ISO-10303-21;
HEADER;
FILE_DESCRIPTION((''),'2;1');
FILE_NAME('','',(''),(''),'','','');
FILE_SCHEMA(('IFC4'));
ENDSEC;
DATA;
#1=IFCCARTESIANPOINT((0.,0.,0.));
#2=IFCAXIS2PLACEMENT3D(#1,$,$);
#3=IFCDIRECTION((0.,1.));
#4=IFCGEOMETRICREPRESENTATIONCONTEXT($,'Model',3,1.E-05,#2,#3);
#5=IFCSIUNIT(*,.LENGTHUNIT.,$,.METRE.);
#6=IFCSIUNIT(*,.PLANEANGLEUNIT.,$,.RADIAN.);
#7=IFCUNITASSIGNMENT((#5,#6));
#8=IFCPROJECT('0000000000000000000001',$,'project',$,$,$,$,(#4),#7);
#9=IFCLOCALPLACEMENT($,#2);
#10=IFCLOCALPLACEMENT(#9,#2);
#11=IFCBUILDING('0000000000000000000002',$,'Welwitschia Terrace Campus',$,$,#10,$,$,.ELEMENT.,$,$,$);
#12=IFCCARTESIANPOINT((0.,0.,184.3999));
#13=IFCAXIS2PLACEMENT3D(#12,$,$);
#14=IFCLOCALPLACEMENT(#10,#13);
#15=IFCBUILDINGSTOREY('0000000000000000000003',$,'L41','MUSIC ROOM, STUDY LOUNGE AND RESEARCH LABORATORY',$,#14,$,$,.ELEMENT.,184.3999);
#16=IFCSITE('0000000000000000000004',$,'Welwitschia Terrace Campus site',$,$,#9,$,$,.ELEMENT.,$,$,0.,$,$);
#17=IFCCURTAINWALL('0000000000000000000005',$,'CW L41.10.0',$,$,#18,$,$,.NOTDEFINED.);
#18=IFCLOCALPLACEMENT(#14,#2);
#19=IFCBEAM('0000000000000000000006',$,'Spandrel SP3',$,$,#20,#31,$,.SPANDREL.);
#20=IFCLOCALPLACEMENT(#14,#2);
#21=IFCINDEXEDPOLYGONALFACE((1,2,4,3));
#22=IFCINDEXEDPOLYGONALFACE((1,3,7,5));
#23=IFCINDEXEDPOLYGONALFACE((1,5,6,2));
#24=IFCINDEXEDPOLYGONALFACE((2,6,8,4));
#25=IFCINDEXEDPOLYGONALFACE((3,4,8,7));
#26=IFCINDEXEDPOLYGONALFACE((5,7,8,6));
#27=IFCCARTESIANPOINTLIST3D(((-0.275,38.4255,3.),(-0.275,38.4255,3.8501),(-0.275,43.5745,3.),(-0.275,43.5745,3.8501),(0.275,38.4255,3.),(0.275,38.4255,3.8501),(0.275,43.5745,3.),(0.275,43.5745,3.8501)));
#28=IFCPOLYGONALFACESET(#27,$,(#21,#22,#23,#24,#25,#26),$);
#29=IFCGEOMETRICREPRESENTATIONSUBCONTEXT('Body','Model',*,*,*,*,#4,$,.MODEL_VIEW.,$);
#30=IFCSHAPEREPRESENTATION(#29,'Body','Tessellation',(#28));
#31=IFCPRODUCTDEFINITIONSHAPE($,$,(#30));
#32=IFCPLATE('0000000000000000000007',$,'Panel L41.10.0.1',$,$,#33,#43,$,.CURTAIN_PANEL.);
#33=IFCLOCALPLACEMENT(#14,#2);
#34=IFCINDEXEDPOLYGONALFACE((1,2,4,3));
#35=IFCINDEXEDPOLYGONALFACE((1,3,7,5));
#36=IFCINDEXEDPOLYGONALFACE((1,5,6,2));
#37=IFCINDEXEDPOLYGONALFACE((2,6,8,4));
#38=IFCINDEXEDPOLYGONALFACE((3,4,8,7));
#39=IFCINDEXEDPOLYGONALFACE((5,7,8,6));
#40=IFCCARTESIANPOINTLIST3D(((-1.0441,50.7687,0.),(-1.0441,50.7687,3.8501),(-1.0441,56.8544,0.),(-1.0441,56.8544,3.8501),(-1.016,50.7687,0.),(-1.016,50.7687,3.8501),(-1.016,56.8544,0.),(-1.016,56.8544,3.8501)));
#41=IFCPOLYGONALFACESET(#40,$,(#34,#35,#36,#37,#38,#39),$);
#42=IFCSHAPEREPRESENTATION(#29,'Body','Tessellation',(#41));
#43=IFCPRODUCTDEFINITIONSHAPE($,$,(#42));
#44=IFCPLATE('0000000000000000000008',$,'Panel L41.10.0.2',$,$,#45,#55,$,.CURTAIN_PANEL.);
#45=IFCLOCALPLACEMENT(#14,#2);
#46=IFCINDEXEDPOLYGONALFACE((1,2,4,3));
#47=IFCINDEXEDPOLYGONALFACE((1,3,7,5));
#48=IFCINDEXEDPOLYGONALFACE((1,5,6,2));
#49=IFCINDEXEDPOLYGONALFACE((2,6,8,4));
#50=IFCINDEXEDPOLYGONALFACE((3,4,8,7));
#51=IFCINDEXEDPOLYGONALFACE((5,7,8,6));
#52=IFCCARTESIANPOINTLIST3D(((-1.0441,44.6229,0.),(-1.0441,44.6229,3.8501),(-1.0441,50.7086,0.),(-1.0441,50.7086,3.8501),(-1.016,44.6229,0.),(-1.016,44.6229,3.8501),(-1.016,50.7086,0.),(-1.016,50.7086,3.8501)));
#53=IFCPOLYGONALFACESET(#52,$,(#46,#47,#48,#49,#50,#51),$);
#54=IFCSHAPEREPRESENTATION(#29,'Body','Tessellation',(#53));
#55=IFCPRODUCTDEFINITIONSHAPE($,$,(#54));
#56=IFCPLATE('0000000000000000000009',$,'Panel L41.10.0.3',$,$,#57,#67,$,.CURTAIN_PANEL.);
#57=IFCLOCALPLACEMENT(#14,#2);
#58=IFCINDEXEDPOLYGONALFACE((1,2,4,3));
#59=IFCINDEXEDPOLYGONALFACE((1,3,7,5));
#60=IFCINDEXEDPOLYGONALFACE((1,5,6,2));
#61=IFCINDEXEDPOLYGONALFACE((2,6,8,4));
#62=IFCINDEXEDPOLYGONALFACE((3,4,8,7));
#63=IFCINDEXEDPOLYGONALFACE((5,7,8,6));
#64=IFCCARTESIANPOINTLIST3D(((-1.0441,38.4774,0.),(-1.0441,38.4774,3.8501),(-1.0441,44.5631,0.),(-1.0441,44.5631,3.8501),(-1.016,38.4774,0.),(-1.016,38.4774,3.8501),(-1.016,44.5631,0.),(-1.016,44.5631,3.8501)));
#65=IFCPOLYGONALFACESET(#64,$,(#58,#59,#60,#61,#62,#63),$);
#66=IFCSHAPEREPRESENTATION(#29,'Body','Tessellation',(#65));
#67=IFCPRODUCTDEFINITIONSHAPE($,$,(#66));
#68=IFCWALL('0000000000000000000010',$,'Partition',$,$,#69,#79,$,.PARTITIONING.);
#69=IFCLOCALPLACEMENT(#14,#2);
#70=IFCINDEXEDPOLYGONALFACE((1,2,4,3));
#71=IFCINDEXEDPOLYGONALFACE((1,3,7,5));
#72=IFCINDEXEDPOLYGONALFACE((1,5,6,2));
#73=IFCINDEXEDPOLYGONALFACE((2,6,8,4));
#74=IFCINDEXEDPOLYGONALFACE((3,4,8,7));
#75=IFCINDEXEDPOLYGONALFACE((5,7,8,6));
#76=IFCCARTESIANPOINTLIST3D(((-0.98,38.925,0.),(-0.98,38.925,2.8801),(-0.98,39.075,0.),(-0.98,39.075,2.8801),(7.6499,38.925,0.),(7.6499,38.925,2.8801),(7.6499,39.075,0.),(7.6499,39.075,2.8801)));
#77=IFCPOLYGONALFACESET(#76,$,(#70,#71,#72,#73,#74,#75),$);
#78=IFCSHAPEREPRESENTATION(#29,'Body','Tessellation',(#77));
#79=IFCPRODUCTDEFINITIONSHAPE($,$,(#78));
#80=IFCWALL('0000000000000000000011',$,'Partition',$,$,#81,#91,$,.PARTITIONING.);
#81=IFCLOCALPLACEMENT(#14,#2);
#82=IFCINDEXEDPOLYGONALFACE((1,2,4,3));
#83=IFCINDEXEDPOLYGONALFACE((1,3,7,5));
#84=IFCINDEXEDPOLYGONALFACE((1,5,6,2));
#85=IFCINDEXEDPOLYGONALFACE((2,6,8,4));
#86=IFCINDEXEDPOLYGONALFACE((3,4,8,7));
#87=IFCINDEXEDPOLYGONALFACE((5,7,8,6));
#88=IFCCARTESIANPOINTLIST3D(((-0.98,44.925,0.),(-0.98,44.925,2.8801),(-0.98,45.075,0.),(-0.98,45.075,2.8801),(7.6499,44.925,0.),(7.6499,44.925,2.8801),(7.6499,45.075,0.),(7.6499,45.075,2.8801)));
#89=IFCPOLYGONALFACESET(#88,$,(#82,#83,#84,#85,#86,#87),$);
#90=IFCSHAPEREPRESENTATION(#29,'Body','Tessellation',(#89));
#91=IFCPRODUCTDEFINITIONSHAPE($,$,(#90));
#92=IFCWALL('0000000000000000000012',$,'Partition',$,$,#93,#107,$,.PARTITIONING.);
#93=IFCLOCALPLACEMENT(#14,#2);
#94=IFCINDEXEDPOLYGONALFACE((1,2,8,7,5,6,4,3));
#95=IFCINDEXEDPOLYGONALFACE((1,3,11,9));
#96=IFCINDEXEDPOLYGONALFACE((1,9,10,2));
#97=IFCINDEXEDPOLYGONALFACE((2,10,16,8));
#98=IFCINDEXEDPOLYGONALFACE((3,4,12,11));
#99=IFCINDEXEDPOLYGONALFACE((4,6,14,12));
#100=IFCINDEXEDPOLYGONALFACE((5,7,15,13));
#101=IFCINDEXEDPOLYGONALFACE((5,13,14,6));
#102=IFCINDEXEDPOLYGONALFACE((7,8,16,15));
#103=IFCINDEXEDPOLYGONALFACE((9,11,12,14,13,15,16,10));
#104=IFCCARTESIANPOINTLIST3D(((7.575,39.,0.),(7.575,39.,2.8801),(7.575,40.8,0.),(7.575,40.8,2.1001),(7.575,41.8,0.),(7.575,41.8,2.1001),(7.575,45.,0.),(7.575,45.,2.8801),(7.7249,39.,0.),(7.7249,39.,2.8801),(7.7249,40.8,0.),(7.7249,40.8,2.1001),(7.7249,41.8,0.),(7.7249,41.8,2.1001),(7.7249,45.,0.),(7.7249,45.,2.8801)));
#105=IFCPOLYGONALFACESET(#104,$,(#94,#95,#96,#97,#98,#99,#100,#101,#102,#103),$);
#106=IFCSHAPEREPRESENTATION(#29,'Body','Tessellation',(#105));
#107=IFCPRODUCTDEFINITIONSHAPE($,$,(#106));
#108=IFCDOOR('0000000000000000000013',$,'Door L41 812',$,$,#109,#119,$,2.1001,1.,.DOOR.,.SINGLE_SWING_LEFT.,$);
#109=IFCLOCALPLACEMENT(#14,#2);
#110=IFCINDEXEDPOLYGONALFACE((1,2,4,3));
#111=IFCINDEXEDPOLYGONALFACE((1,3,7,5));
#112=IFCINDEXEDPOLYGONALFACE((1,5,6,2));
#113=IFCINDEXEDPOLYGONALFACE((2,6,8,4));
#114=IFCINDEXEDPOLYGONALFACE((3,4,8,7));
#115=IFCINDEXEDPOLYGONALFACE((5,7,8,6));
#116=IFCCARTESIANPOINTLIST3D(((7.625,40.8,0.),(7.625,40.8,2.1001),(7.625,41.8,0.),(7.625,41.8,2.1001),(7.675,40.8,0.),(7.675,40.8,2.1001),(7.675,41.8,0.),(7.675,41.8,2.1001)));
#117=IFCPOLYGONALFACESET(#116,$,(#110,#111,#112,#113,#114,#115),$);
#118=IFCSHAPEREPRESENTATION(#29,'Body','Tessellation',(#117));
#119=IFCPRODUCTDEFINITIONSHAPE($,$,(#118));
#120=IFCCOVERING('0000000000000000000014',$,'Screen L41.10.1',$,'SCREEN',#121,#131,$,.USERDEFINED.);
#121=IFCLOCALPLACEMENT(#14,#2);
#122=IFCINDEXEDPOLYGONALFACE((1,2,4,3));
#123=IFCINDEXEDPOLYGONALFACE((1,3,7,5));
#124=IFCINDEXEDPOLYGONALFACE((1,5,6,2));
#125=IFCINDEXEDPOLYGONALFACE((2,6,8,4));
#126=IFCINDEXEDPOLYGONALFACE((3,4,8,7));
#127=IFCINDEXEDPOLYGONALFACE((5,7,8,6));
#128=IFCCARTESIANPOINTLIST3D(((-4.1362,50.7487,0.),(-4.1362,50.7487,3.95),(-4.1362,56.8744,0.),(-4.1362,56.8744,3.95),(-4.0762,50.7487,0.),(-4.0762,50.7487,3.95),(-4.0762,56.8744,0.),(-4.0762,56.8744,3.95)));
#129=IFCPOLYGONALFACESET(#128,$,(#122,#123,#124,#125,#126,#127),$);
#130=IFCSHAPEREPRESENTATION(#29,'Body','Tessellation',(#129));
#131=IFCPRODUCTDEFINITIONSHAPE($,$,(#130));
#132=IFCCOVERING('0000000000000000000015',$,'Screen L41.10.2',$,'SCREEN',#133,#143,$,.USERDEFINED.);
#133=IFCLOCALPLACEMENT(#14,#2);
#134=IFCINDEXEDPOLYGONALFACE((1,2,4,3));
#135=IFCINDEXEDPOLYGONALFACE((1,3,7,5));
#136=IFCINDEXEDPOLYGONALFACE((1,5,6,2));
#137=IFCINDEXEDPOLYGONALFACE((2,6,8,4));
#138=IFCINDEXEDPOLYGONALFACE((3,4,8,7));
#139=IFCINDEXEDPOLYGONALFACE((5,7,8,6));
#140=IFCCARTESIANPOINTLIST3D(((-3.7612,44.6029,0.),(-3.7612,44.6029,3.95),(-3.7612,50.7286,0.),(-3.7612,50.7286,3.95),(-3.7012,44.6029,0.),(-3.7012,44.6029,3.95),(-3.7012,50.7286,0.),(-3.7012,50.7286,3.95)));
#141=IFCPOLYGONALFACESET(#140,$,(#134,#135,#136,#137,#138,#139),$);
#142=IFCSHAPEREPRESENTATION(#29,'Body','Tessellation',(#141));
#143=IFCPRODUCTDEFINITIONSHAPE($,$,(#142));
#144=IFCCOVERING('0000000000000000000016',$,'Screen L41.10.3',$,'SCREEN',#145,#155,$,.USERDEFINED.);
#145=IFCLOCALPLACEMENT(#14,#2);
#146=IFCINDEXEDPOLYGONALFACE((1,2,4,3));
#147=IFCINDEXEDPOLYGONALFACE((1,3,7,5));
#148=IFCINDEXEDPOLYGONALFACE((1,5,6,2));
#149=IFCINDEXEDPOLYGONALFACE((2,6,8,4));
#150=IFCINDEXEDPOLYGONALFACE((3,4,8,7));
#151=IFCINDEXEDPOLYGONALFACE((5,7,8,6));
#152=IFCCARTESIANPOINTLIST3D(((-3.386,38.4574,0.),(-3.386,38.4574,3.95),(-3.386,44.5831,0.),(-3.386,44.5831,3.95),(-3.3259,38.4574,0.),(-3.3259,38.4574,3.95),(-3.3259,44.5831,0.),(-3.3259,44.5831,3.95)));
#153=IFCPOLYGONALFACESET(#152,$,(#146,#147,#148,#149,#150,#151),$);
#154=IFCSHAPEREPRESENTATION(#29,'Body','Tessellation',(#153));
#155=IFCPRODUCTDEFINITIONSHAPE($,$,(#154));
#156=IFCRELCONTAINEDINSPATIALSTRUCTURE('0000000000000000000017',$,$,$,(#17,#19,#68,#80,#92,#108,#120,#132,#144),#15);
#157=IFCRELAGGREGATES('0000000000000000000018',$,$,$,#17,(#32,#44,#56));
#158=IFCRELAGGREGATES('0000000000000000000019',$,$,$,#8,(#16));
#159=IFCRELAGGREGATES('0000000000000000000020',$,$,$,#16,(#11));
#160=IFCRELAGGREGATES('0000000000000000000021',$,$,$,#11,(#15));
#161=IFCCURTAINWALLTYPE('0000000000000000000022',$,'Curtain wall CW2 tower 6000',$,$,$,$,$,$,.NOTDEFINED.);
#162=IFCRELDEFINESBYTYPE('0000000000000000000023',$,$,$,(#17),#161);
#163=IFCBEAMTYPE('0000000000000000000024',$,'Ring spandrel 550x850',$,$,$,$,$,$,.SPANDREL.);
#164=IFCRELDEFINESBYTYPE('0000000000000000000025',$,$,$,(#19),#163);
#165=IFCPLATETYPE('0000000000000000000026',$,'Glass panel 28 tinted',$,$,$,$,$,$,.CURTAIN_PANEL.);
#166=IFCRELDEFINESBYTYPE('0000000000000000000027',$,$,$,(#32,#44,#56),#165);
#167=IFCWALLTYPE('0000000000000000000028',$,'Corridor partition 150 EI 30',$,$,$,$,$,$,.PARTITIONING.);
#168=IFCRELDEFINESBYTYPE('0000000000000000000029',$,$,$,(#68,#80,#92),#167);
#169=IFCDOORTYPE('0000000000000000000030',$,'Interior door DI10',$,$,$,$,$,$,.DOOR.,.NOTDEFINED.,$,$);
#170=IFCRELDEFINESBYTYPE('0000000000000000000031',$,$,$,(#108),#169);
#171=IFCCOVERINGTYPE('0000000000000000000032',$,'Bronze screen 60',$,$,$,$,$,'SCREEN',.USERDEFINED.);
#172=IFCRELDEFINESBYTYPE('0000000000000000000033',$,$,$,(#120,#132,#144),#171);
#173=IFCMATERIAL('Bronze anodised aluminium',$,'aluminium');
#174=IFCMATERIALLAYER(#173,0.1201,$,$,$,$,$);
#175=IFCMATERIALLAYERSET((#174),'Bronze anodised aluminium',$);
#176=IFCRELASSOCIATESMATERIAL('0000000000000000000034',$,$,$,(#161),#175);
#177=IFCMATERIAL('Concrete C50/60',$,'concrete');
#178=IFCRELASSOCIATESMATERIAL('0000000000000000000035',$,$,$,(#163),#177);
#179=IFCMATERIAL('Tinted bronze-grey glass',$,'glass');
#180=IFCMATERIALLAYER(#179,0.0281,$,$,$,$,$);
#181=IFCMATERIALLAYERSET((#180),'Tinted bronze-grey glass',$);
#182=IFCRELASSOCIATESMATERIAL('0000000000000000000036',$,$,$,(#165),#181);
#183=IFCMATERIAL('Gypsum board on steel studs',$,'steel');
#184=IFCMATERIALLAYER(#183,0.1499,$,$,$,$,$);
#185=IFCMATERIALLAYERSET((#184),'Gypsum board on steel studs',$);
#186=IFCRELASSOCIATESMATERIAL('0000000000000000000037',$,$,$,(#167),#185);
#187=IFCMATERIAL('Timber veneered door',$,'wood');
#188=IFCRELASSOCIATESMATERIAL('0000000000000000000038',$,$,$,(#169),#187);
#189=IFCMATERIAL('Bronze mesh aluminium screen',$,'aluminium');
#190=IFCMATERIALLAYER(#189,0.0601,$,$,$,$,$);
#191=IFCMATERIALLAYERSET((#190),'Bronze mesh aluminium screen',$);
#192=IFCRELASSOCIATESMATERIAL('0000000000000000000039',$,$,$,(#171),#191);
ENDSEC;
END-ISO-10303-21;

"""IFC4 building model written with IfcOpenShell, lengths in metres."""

from ifc_helpers import new_model, si_unit, direction, frame, frame_2d, origin, origin_2d, place, context, subcontext, project, spatial, rectangle, extrude, material, layer, layer_set, material_profile, profile_set, type_object, element, fill, aggregate, save


model = new_model("IFC4")

# Units and contexts
model_context = context("Model", 3, precision=1e-05, world=origin(), true_north=direction((0.0, 1.0)))
body_context = subcontext(model_context, "Body", "Model", "MODEL_VIEW")
ifc_project = project(units=[si_unit("LENGTHUNIT", "METRE"), si_unit("PLANEANGLEUNIT", "RADIAN")], contexts=[model_context])

# Site, building, storey
site_placement = place(None, origin())
site = spatial("IfcSite", under=ifc_project, at=site_placement, Name="Welwitschia Terrace Campus site", CompositionType="ELEMENT", RefElevation=0.0)
building_placement = place(site_placement, origin())
building = spatial("IfcBuilding", under=site, at=building_placement, Name="Welwitschia Terrace Campus", CompositionType="ELEMENT")
storey_placement = place(building_placement, frame((0.0, 0.0, 184.3999)))
storey = spatial("IfcBuildingStorey", under=building, at=storey_placement, Name="L41", Description="MUSIC ROOM, STUDY LOUNGE AND RESEARCH LABORATORY", CompositionType="ELEMENT", Elevation=184.3999)

# Curtain wall
ifc_material_1 = material(Name="Bronze anodised aluminium", Category="aluminium")
ifc_layer_1 = layer(ifc_material_1, 0.1201)
ifc_layer_set_1 = layer_set([ifc_layer_1], Name="Bronze anodised aluminium")
curtain_wall_type = type_object("IfcCurtainWallType", Name="Curtain wall CW2 tower 6000", PredefinedType="NOTDEFINED", material=ifc_layer_set_1)
curtain_wall_placement = place(storey_placement, origin())
curtain_wall = element("IfcCurtainWall", 1, at=curtain_wall_placement, inside=storey, type_object=curtain_wall_type, Name="CW L41.10.0", PredefinedType="NOTDEFINED")

# Beam
ifc_material_2 = material(Name="Concrete C50/60", Category="concrete")
ifc_material_profile_1 = material_profile(ifc_material_2, rectangle(XDim=0.55, YDim=0.8501, at=origin_2d()))
ifc_profile_set_1 = profile_set([ifc_material_profile_1], Name="Concrete C50/60")
beam_type_1 = type_object("IfcBeamType", Name="Ring spandrel 550x850", PredefinedType="SPANDREL", material=ifc_profile_set_1)
for number, where, z_axis, x_axis, name in (
    (2, (0.0, 43.5745, 3.425), (0.0, -1.0, 0.0), (1.0, 0.0, 0.0), "Spandrel SP3"),
):
    element("IfcBeam", number, at=place(storey_placement, frame(where, z_axis=z_axis, x_axis=x_axis)), inside=storey, type_object=beam_type_1, Name=name, PredefinedType="SPANDREL", context=body_context, shape_type="SweptSolid", body=[
        extrude(rectangle(XDim=0.55, YDim=0.8501, at=origin_2d()), origin(), (0.0, 0.0, 1.0), 5.1489),
    ])

# Plates
ifc_material_3 = material(Name="Tinted bronze-grey glass", Category="glass")
ifc_layer_2 = layer(ifc_material_3, 0.0281)
ifc_layer_set_2 = layer_set([ifc_layer_2], Name="Tinted bronze-grey glass")
plate_type = type_object("IfcPlateType", Name="Glass panel 28 tinted", PredefinedType="CURTAIN_PANEL", material=ifc_layer_set_2)
plate_1_placement = place(storey_placement, frame((-1.03, 53.8115, 0.0), z_axis=(0.0, 0.0, 1.0), x_axis=(0.0, -1.0, 0.0)))
plate_1 = element("IfcPlate", 3, at=plate_1_placement, type_object=plate_type, Name="Panel L41.10.0.1", PredefinedType="CURTAIN_PANEL", context=body_context, shape_type="SweptSolid", body=[
    extrude(rectangle(XDim=6.0857, YDim=0.0281, at=origin_2d()), origin(), (0.0, 0.0, 1.0), 3.8501),
])
plate_2_placement = place(storey_placement, frame((-1.03, 47.6658, 0.0), z_axis=(0.0, 0.0, 1.0), x_axis=(0.0, -1.0, 0.0)))
plate_2 = element("IfcPlate", 4, at=plate_2_placement, type_object=plate_type, Name="Panel L41.10.0.2", PredefinedType="CURTAIN_PANEL", context=body_context, shape_type="SweptSolid", body=[
    extrude(rectangle(XDim=6.0857, YDim=0.0281, at=origin_2d()), origin(), (0.0, 0.0, 1.0), 3.8501),
])
plate_3_placement = place(storey_placement, frame((-1.03, 41.5203, 0.0), z_axis=(0.0, 0.0, 1.0), x_axis=(0.0, -1.0, 0.0)))
plate_3 = element("IfcPlate", 5, at=plate_3_placement, type_object=plate_type, Name="Panel L41.10.0.3", PredefinedType="CURTAIN_PANEL", context=body_context, shape_type="SweptSolid", body=[
    extrude(rectangle(XDim=6.0857, YDim=0.0281, at=origin_2d()), origin(), (0.0, 0.0, 1.0), 3.8501),
])
aggregate(curtain_wall, [plate_1, plate_2, plate_3])

# Walls
ifc_material_4 = material(Name="Gypsum board on steel studs", Category="steel")
ifc_layer_3 = layer(ifc_material_4, 0.1499)
ifc_layer_set_3 = layer_set([ifc_layer_3], Name="Gypsum board on steel studs")
wall_type = type_object("IfcWallType", Name="Corridor partition 150 EI 30", PredefinedType="PARTITIONING", material=ifc_layer_set_3)
for number, where, z_axis, x_axis, name in (
    (6, (-0.98, 39.0, 0.0), (0.0, 0.0, 1.0), (1.0, 0.0, 0.0), "Partition"),
    (7, (-0.98, 45.0, 0.0), (0.0, 0.0, 1.0), (1.0, 0.0, 0.0), "Partition"),
):
    element("IfcWall", number, at=place(storey_placement, frame(where, z_axis=z_axis, x_axis=x_axis)), inside=storey, type_object=wall_type, Name=name, PredefinedType="PARTITIONING", context=body_context, shape_type="SweptSolid", body=[
        extrude(rectangle(XDim=8.6299, YDim=0.1499, at=frame_2d((4.3149, 0.0))), origin(), (0.0, 0.0, 1.0), 2.8801),
    ])

# Wall, opening, door
wall_placement = place(storey_placement, frame((7.6499, 39.0, 0.0), z_axis=(0.0, 0.0, 1.0), x_axis=(0.0, 1.0, 0.0)))
wall = element("IfcWall", 8, at=wall_placement, inside=storey, type_object=wall_type, Name="Partition", PredefinedType="PARTITIONING", context=body_context, shape_type="SweptSolid", body=[
    extrude(rectangle(XDim=6.0, YDim=0.1499, at=frame_2d((3.0, 0.0))), origin(), (0.0, 0.0, 1.0), 2.8801),
])
opening_placement = place(wall_placement, frame((1.8, 0.0, 0.0)))
opening = element("IfcOpeningElement", 9, at=opening_placement, cuts=wall, PredefinedType="OPENING", context=body_context, shape_type="SweptSolid", body=[
    extrude(rectangle(XDim=1.0, YDim=2.1001, at=frame_2d((0.5, 1.05))), frame((0.0, 0.085, 0.0), z_axis=(0.0, -1.0, 0.0), x_axis=(1.0, 0.0, 0.0)), (0.0, 0.0, 1.0), 0.1699),
])
ifc_material_5 = material(Name="Timber veneered door", Category="wood")
door_type = type_object("IfcDoorType", Name="Interior door DI10", OperationType="NOTDEFINED", PredefinedType="DOOR", material=ifc_material_5)
door_placement = place(opening_placement, origin())
door = element("IfcDoor", 10, at=door_placement, inside=storey, type_object=door_type, Name="Door L41 812", OperationType="SINGLE_SWING_LEFT", OverallHeight=2.1001, OverallWidth=1.0, PredefinedType="DOOR", context=body_context, shape_type="SweptSolid", body=[
    extrude(rectangle(XDim=1.0, YDim=2.1001, at=frame_2d((0.5, 1.05))), frame((0.0, 0.0249, 0.0), z_axis=(0.0, -1.0, 0.0), x_axis=(1.0, 0.0, 0.0)), (0.0, 0.0, 1.0), 0.05),
])
fill(opening, door)

# Coverings
ifc_material_6 = material(Name="Bronze mesh aluminium screen", Category="aluminium")
ifc_layer_4 = layer(ifc_material_6, 0.0601)
ifc_layer_set_4 = layer_set([ifc_layer_4], Name="Bronze mesh aluminium screen")
covering_type = type_object("IfcCoveringType", Name="Bronze screen 60", ElementType="SCREEN", PredefinedType="USERDEFINED", material=ifc_layer_set_4)
for number, where, z_axis, x_axis, name in (
    (11, (-4.1062, 53.8115, 0.0), (0.0, 0.0, 1.0), (0.0, -1.0, 0.0), "Screen L41.10.1"),
    (12, (-3.7312, 47.6658, 0.0), (0.0, 0.0, 1.0), (0.0, -1.0, 0.0), "Screen L41.10.2"),
    (13, (-3.356, 41.5203, 0.0), (0.0, 0.0, 1.0), (0.0, -1.0, 0.0), "Screen L41.10.3"),
):
    element("IfcCovering", number, at=place(storey_placement, frame(where, z_axis=z_axis, x_axis=x_axis)), inside=storey, type_object=covering_type, Name=name, ObjectType="SCREEN", PredefinedType="USERDEFINED", context=body_context, shape_type="SweptSolid", body=[
        extrude(rectangle(XDim=6.1257, YDim=0.0601, at=origin_2d()), origin(), (0.0, 0.0, 1.0), 3.95),
    ])

save(model, "model.ifc")
